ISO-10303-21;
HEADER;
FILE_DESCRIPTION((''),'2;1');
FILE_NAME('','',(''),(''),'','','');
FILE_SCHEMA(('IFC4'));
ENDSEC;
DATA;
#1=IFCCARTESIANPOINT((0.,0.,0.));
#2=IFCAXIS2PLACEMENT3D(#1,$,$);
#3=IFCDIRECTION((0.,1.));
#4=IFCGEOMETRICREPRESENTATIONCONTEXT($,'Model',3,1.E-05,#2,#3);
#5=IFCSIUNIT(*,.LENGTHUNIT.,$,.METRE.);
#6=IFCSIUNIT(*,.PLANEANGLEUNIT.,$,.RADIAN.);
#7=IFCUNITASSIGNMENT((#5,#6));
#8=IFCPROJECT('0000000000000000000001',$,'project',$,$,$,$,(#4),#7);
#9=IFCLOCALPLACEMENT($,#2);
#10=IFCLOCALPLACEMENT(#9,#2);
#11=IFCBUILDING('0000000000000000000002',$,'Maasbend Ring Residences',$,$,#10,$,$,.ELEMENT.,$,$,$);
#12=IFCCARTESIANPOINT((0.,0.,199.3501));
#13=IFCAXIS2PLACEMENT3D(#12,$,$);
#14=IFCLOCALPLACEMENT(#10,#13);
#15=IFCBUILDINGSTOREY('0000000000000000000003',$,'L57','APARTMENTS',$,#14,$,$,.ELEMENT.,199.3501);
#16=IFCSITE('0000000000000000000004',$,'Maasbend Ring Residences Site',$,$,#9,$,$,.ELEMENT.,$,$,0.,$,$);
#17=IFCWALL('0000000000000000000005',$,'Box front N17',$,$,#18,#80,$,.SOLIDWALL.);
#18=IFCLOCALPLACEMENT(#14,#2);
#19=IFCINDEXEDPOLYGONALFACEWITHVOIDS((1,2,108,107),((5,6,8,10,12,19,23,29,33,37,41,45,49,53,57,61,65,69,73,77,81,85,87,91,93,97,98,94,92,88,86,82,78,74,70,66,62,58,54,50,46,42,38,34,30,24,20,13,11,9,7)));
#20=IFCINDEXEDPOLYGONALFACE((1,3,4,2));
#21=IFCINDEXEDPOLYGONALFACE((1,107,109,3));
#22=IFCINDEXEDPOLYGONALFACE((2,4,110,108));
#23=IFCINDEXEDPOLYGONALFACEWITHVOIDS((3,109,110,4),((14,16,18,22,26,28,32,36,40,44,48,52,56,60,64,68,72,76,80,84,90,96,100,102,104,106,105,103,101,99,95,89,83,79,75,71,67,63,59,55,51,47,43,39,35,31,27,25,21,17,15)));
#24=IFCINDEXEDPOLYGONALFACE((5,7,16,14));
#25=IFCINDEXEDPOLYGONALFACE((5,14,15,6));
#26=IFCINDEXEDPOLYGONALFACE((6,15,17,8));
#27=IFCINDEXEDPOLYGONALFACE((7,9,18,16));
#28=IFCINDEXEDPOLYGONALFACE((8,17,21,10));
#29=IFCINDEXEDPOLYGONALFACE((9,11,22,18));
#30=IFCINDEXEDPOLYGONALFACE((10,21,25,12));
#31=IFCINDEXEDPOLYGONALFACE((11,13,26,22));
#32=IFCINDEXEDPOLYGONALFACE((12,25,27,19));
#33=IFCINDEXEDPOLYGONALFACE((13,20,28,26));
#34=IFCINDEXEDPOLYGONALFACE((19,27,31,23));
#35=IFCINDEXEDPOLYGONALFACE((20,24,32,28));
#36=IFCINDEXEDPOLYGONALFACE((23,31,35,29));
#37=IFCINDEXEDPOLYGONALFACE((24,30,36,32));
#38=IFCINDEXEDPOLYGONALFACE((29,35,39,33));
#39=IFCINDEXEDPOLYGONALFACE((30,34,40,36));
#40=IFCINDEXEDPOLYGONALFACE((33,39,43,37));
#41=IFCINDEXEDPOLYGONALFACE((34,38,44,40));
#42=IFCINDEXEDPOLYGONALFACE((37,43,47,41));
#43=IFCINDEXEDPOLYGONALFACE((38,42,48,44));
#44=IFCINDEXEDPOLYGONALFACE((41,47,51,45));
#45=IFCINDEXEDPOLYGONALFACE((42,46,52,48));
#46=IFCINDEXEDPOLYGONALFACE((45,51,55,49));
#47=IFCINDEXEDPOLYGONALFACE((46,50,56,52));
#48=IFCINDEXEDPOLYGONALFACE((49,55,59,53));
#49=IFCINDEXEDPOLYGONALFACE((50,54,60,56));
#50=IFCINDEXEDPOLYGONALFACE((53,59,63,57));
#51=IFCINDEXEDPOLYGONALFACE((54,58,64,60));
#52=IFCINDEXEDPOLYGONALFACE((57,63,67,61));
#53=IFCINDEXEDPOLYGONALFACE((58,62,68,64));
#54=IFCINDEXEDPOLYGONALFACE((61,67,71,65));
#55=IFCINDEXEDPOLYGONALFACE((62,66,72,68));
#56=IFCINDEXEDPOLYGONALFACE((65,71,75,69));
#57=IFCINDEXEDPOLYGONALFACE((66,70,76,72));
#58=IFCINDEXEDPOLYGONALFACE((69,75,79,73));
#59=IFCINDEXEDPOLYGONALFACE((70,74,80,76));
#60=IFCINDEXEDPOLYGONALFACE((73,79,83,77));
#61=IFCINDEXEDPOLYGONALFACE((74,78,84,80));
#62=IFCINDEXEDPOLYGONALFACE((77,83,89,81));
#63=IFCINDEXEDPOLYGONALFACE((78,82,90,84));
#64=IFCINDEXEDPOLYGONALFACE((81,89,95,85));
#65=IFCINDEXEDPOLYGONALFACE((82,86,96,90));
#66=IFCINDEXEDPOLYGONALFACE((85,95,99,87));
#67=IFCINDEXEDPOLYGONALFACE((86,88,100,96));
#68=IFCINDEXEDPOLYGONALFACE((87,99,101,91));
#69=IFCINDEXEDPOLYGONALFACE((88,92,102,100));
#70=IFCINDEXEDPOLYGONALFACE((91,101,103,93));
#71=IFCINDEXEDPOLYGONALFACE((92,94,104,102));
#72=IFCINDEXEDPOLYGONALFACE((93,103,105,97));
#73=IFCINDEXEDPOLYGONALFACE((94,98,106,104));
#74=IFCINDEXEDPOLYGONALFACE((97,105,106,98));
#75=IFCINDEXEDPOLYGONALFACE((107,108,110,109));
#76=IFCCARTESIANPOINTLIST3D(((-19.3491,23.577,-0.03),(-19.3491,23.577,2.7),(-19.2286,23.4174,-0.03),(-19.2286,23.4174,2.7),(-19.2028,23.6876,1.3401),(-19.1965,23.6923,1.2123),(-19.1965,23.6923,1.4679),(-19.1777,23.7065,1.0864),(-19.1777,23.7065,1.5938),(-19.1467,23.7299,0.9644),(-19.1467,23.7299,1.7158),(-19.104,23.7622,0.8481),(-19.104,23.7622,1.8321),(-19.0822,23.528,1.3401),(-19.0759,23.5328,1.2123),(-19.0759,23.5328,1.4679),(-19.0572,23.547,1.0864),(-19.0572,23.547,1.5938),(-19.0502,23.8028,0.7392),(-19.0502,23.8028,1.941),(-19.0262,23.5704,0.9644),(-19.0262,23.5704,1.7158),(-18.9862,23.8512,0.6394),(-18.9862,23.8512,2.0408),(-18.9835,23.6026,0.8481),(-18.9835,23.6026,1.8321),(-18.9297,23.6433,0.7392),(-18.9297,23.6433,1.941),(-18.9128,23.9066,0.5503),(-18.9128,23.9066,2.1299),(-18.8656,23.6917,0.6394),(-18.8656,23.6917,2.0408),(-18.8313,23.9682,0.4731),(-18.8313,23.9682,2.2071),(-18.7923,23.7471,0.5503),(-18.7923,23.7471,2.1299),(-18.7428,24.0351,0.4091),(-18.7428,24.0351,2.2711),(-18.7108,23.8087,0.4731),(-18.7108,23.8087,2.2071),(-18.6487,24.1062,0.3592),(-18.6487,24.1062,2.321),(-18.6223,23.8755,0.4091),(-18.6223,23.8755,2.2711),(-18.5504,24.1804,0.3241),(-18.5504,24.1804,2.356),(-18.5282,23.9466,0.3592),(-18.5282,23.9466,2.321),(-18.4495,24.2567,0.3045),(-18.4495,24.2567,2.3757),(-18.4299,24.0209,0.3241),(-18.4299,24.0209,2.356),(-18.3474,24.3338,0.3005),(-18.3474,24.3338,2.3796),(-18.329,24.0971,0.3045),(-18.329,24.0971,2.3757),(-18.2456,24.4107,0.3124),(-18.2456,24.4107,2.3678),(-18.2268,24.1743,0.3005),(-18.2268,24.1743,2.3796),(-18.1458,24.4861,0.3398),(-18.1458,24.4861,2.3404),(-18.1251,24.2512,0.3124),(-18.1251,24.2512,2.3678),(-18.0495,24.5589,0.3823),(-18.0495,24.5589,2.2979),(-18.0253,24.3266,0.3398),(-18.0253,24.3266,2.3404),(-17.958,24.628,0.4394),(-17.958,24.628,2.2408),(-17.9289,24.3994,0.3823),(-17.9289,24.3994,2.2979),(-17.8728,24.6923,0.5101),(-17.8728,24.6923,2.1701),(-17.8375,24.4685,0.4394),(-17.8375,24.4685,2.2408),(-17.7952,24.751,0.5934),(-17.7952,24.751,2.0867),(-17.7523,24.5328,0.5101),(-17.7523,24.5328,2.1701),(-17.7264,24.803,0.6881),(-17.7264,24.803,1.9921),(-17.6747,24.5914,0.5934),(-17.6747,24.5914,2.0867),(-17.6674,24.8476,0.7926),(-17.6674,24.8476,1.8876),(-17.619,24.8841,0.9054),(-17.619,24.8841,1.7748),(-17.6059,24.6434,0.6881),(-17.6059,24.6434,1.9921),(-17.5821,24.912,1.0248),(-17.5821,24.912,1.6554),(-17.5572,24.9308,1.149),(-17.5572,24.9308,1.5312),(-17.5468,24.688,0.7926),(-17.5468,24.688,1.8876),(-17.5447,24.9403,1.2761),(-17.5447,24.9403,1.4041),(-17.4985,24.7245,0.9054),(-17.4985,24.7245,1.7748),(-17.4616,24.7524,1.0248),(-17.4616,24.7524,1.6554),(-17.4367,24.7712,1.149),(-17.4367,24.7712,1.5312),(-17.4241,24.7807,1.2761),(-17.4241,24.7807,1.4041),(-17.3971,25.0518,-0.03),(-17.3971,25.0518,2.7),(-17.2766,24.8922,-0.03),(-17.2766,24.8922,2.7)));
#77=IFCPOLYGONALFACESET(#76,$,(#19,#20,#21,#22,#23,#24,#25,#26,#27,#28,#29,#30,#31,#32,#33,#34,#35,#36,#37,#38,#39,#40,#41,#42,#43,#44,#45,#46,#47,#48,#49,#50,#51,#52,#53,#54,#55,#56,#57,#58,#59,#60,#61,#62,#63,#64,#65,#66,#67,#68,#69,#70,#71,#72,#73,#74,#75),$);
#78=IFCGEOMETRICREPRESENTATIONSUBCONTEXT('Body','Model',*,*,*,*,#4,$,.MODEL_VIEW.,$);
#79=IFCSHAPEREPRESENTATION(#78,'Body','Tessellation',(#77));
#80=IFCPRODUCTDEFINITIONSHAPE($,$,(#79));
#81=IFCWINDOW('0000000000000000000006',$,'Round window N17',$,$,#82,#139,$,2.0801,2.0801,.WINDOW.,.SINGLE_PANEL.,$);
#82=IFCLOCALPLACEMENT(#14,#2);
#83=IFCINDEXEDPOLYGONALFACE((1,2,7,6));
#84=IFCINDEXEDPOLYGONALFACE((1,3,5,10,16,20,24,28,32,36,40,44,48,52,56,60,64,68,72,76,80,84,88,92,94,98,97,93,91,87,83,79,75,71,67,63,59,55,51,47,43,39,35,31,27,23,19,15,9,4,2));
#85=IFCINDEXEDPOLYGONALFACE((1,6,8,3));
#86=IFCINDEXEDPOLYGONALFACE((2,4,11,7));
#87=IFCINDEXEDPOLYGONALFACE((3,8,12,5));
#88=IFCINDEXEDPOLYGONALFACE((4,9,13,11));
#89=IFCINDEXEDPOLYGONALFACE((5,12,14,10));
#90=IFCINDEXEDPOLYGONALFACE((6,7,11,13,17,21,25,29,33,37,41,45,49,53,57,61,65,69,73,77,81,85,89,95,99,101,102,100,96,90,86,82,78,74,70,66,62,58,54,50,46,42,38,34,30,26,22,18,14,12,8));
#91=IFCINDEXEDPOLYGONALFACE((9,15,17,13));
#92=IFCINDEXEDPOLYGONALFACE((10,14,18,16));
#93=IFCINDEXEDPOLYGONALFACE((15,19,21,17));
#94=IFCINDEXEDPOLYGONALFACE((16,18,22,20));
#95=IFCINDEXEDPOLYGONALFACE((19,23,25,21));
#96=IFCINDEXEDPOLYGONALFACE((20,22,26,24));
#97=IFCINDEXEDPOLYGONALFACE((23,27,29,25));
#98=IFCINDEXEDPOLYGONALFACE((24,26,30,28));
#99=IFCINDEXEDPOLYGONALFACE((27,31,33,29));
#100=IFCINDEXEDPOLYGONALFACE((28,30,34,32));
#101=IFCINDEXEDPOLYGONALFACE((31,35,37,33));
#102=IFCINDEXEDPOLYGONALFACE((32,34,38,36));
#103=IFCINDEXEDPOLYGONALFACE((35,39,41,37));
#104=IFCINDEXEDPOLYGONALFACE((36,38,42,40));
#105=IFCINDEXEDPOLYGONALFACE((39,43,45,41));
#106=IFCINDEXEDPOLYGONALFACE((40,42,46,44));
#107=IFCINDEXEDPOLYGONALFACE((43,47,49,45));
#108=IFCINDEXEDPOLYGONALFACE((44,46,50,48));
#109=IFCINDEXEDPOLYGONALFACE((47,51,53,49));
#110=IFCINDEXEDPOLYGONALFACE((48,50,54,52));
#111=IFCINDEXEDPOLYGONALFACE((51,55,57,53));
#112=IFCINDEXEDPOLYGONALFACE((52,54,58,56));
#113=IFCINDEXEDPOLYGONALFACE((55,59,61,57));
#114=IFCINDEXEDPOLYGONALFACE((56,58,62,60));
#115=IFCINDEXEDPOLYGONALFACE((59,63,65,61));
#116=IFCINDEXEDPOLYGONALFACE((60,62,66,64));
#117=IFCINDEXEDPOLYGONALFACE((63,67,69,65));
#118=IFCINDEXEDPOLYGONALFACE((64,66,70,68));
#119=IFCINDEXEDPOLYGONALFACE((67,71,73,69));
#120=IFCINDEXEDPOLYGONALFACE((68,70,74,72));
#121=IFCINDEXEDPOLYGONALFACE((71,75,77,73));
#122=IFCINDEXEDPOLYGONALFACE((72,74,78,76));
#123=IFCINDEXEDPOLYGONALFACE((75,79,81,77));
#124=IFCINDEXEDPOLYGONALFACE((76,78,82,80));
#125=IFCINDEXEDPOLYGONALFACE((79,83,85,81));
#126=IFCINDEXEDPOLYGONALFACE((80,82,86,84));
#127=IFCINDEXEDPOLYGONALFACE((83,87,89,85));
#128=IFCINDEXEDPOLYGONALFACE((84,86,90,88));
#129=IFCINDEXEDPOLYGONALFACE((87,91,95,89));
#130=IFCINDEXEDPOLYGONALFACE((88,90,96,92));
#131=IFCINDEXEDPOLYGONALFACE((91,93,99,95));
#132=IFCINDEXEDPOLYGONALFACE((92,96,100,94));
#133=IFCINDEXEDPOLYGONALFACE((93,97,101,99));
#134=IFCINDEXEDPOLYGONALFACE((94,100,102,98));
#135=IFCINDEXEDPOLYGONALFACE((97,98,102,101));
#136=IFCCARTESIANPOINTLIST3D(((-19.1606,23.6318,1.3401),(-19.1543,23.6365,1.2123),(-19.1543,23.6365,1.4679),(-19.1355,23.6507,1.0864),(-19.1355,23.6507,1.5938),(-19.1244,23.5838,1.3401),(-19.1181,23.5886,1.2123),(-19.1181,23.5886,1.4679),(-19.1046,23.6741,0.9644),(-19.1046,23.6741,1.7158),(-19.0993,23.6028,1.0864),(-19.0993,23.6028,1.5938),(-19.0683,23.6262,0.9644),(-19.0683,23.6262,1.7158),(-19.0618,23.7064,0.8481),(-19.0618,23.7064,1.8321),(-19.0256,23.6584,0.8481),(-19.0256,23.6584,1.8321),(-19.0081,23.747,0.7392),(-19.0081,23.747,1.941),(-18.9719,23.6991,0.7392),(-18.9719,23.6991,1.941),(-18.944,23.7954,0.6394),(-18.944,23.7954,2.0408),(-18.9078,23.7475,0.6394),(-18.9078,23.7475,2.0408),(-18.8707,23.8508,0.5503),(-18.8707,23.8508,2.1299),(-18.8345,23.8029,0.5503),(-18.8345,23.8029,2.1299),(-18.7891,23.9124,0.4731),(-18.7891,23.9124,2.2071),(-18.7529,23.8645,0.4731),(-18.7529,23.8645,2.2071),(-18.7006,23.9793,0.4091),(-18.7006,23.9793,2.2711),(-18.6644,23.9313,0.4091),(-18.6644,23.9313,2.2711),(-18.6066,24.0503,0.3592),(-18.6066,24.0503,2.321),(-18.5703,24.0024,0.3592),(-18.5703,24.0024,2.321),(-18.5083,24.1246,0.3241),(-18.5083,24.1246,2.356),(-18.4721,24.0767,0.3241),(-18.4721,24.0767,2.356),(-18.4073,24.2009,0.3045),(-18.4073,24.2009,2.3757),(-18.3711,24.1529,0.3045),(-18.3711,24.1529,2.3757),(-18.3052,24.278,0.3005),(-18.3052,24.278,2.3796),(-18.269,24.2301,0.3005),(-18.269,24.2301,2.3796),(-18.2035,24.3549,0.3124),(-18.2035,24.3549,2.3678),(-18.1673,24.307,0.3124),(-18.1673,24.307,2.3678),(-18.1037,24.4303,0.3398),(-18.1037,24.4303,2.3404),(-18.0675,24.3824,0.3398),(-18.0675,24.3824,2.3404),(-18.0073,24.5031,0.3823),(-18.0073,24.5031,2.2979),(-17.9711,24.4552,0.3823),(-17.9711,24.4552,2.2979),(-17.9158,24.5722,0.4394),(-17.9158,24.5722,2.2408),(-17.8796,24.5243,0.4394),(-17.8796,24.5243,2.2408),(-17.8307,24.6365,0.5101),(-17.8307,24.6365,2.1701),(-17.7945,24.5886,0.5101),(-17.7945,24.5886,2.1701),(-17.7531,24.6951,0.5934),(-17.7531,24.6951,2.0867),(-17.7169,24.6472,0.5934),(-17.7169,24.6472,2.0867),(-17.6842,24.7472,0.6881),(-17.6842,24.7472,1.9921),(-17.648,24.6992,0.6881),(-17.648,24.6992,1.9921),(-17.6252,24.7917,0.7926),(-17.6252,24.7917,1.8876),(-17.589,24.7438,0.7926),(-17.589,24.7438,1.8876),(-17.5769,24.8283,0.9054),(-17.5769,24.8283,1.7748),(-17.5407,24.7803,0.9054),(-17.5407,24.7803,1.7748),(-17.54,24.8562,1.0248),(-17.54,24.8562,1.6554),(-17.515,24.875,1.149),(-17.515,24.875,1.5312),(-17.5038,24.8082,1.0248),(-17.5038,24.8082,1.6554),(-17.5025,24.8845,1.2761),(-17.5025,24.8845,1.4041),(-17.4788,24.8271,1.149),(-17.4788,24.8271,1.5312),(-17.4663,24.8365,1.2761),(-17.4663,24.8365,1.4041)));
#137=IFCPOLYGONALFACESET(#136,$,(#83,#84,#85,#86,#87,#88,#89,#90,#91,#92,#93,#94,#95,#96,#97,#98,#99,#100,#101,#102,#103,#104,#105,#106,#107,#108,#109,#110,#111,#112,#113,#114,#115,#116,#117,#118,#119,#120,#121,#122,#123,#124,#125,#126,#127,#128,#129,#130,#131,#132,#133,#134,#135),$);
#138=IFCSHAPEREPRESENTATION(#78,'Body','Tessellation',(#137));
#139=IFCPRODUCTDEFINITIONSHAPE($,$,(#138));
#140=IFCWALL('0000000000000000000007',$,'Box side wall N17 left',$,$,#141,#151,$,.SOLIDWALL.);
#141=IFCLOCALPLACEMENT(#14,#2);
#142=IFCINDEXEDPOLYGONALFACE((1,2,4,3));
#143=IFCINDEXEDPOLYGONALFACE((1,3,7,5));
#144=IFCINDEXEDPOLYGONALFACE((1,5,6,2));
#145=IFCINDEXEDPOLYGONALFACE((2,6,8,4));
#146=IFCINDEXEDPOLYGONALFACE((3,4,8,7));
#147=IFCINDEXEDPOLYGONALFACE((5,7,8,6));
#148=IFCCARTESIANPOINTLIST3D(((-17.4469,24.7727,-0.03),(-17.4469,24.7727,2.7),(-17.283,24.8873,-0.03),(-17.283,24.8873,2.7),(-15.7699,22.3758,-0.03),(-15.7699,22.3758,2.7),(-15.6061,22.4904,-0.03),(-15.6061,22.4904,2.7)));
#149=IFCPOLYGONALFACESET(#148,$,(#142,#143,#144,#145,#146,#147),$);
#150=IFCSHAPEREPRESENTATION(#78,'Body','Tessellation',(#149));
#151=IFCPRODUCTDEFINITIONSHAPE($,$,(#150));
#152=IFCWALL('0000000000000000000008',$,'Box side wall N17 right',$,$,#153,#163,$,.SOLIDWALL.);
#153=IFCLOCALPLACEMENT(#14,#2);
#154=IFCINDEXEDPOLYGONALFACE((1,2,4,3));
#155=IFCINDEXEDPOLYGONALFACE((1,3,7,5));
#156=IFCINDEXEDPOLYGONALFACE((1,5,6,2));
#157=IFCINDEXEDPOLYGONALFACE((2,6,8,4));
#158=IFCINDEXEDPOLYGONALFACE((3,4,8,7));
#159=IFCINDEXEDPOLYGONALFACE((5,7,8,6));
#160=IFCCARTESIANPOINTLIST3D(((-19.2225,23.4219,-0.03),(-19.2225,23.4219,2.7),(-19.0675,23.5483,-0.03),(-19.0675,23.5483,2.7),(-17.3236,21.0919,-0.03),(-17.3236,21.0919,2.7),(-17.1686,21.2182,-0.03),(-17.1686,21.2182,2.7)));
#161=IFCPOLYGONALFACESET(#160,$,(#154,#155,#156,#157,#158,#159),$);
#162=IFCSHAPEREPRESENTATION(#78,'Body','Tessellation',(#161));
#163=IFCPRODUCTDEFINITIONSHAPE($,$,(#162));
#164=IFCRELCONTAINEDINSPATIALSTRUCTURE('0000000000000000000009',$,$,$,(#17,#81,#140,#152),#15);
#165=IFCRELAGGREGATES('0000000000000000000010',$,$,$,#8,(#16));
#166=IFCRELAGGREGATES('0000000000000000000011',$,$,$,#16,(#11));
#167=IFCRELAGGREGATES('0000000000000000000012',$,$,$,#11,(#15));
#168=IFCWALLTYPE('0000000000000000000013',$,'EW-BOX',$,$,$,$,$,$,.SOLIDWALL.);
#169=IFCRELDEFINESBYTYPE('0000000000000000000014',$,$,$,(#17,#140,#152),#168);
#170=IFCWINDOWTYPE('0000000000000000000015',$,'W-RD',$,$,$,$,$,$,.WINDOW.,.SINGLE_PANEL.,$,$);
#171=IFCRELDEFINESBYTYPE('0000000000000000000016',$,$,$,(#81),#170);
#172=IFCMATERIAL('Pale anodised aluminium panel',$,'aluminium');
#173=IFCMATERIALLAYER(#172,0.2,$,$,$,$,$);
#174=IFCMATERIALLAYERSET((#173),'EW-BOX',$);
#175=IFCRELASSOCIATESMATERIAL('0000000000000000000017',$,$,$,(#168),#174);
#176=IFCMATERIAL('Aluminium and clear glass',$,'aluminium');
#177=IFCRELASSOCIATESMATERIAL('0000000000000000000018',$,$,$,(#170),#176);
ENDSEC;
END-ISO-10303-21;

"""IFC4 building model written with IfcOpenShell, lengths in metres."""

from ifc_helpers import new_model, si_unit, direction, frame, frame_2d, origin, place, context, subcontext, project, spatial, rectangle, circle, extrude, material, layer, layer_set, type_object, element, fill, save


model = new_model("IFC4")

# Units and contexts
model_context = context("Model", 3, precision=1e-05, world=origin(), true_north=direction((0.0, 1.0)))
body_context = subcontext(model_context, "Body", "Model", "MODEL_VIEW")
ifc_project = project(units=[si_unit("LENGTHUNIT", "METRE"), si_unit("PLANEANGLEUNIT", "RADIAN")], contexts=[model_context])

# Site, building, storey
site_placement = place(None, origin())
site = spatial("IfcSite", under=ifc_project, at=site_placement, Name="Maasbend Ring Residences Site", CompositionType="ELEMENT", RefElevation=0.0)
building_placement = place(site_placement, origin())
building = spatial("IfcBuilding", under=site, at=building_placement, Name="Maasbend Ring Residences", CompositionType="ELEMENT")
storey_placement = place(building_placement, frame((0.0, 0.0, 199.3501)))
storey = spatial("IfcBuildingStorey", under=building, at=storey_placement, Name="L57", Description="APARTMENTS", CompositionType="ELEMENT", Elevation=199.3501)

# Shared definitions
ifc_material_1 = material(Name="Pale anodised aluminium panel", Category="aluminium")
ifc_layer_1 = layer(ifc_material_1, 0.2)
ifc_layer_set_1 = layer_set([ifc_layer_1], Name="EW-BOX")
wall_type_1 = type_object("IfcWallType", Name="EW-BOX", PredefinedType="SOLIDWALL", material=ifc_layer_set_1)

# Wall, opening, window
wall_1_placement = place(storey_placement, frame((-17.3369, 24.9719, -0.03), z_axis=(0.0, 0.0, 1.0), x_axis=(-0.797888, -0.602806, 0.0)))
wall_1 = element("IfcWall", 1, at=wall_1_placement, inside=storey, type_object=wall_type_1, Name="Box front N17", PredefinedType="SOLIDWALL", context=body_context, shape_type="SweptSolid", body=[
    extrude(rectangle(XDim=2.4465, YDim=0.2, at=frame_2d((1.2231, 0.0))), origin(), (0.0, 0.0, 1.0), 2.73),
])
opening_1_placement = place(wall_1_placement, frame((0.1829, 0.0, 0.3301)))
opening_1 = element("IfcOpeningElement", 2, at=opening_1_placement, cuts=wall_1, PredefinedType="OPENING", context=body_context, shape_type="SweptSolid", body=[
    extrude(circle(Radius=1.04, at=frame_2d((1.04, 1.04))), frame((0.0, 0.1099, 0.0), z_axis=(0.0, -1.0, 0.0), x_axis=(1.0, 0.0, 0.0)), (0.0, 0.0, 1.0), 0.22),
])
ifc_material_2 = material(Name="Aluminium and clear glass", Category="aluminium")
window_type_1 = type_object("IfcWindowType", Name="W-RD", PartitioningType="SINGLE_PANEL", PredefinedType="WINDOW", material=ifc_material_2)
window_1_placement = place(opening_1_placement, origin())
window_1 = element("IfcWindow", 3, at=window_1_placement, inside=storey, type_object=window_type_1, Name="Round window N17", OverallHeight=2.0801, OverallWidth=2.0801, PartitioningType="SINGLE_PANEL", PredefinedType="WINDOW", context=body_context, shape_type="SweptSolid", body=[
    extrude(circle(Radius=1.04, at=frame_2d((1.04, 1.04))), frame((0.0, 0.03, 0.0), z_axis=(0.0, -1.0, 0.0), x_axis=(1.0, 0.0, 0.0)), (0.0, 0.0, 1.0), 0.0601),
])
fill(opening_1, window_1)

# Walls
wall_2_placement = place(storey_placement, frame((-15.688, 22.4331, -0.03), z_axis=(0.0, 0.0, 1.0), x_axis=(-0.573261, 0.819373, 0.0)))
element("IfcWall", 4, at=wall_2_placement, inside=storey, type_object=wall_type_1, Name="Box side wall N17 left", PredefinedType="SOLIDWALL", context=body_context, shape_type="SweptSolid", body=[
    extrude(rectangle(XDim=2.9253, YDim=0.2, at=frame_2d((1.4626, 0.0))), origin(), (0.0, 0.0, 1.0), 2.73),
])
wall_3_placement = place(storey_placement, frame((-17.2461, 21.155, -0.03), z_axis=(0.0, 0.0, 1.0), x_axis=(-0.631742, 0.775179, 0.0)))
element("IfcWall", 5, at=wall_3_placement, inside=storey, type_object=wall_type_1, Name="Box side wall N17 right", PredefinedType="SOLIDWALL", context=body_context, shape_type="SweptSolid", body=[
    extrude(rectangle(XDim=3.0059, YDim=0.2, at=frame_2d((1.5029, 0.0))), origin(), (0.0, 0.0, 1.0), 2.73),
])

save(model, "model.ifc")
